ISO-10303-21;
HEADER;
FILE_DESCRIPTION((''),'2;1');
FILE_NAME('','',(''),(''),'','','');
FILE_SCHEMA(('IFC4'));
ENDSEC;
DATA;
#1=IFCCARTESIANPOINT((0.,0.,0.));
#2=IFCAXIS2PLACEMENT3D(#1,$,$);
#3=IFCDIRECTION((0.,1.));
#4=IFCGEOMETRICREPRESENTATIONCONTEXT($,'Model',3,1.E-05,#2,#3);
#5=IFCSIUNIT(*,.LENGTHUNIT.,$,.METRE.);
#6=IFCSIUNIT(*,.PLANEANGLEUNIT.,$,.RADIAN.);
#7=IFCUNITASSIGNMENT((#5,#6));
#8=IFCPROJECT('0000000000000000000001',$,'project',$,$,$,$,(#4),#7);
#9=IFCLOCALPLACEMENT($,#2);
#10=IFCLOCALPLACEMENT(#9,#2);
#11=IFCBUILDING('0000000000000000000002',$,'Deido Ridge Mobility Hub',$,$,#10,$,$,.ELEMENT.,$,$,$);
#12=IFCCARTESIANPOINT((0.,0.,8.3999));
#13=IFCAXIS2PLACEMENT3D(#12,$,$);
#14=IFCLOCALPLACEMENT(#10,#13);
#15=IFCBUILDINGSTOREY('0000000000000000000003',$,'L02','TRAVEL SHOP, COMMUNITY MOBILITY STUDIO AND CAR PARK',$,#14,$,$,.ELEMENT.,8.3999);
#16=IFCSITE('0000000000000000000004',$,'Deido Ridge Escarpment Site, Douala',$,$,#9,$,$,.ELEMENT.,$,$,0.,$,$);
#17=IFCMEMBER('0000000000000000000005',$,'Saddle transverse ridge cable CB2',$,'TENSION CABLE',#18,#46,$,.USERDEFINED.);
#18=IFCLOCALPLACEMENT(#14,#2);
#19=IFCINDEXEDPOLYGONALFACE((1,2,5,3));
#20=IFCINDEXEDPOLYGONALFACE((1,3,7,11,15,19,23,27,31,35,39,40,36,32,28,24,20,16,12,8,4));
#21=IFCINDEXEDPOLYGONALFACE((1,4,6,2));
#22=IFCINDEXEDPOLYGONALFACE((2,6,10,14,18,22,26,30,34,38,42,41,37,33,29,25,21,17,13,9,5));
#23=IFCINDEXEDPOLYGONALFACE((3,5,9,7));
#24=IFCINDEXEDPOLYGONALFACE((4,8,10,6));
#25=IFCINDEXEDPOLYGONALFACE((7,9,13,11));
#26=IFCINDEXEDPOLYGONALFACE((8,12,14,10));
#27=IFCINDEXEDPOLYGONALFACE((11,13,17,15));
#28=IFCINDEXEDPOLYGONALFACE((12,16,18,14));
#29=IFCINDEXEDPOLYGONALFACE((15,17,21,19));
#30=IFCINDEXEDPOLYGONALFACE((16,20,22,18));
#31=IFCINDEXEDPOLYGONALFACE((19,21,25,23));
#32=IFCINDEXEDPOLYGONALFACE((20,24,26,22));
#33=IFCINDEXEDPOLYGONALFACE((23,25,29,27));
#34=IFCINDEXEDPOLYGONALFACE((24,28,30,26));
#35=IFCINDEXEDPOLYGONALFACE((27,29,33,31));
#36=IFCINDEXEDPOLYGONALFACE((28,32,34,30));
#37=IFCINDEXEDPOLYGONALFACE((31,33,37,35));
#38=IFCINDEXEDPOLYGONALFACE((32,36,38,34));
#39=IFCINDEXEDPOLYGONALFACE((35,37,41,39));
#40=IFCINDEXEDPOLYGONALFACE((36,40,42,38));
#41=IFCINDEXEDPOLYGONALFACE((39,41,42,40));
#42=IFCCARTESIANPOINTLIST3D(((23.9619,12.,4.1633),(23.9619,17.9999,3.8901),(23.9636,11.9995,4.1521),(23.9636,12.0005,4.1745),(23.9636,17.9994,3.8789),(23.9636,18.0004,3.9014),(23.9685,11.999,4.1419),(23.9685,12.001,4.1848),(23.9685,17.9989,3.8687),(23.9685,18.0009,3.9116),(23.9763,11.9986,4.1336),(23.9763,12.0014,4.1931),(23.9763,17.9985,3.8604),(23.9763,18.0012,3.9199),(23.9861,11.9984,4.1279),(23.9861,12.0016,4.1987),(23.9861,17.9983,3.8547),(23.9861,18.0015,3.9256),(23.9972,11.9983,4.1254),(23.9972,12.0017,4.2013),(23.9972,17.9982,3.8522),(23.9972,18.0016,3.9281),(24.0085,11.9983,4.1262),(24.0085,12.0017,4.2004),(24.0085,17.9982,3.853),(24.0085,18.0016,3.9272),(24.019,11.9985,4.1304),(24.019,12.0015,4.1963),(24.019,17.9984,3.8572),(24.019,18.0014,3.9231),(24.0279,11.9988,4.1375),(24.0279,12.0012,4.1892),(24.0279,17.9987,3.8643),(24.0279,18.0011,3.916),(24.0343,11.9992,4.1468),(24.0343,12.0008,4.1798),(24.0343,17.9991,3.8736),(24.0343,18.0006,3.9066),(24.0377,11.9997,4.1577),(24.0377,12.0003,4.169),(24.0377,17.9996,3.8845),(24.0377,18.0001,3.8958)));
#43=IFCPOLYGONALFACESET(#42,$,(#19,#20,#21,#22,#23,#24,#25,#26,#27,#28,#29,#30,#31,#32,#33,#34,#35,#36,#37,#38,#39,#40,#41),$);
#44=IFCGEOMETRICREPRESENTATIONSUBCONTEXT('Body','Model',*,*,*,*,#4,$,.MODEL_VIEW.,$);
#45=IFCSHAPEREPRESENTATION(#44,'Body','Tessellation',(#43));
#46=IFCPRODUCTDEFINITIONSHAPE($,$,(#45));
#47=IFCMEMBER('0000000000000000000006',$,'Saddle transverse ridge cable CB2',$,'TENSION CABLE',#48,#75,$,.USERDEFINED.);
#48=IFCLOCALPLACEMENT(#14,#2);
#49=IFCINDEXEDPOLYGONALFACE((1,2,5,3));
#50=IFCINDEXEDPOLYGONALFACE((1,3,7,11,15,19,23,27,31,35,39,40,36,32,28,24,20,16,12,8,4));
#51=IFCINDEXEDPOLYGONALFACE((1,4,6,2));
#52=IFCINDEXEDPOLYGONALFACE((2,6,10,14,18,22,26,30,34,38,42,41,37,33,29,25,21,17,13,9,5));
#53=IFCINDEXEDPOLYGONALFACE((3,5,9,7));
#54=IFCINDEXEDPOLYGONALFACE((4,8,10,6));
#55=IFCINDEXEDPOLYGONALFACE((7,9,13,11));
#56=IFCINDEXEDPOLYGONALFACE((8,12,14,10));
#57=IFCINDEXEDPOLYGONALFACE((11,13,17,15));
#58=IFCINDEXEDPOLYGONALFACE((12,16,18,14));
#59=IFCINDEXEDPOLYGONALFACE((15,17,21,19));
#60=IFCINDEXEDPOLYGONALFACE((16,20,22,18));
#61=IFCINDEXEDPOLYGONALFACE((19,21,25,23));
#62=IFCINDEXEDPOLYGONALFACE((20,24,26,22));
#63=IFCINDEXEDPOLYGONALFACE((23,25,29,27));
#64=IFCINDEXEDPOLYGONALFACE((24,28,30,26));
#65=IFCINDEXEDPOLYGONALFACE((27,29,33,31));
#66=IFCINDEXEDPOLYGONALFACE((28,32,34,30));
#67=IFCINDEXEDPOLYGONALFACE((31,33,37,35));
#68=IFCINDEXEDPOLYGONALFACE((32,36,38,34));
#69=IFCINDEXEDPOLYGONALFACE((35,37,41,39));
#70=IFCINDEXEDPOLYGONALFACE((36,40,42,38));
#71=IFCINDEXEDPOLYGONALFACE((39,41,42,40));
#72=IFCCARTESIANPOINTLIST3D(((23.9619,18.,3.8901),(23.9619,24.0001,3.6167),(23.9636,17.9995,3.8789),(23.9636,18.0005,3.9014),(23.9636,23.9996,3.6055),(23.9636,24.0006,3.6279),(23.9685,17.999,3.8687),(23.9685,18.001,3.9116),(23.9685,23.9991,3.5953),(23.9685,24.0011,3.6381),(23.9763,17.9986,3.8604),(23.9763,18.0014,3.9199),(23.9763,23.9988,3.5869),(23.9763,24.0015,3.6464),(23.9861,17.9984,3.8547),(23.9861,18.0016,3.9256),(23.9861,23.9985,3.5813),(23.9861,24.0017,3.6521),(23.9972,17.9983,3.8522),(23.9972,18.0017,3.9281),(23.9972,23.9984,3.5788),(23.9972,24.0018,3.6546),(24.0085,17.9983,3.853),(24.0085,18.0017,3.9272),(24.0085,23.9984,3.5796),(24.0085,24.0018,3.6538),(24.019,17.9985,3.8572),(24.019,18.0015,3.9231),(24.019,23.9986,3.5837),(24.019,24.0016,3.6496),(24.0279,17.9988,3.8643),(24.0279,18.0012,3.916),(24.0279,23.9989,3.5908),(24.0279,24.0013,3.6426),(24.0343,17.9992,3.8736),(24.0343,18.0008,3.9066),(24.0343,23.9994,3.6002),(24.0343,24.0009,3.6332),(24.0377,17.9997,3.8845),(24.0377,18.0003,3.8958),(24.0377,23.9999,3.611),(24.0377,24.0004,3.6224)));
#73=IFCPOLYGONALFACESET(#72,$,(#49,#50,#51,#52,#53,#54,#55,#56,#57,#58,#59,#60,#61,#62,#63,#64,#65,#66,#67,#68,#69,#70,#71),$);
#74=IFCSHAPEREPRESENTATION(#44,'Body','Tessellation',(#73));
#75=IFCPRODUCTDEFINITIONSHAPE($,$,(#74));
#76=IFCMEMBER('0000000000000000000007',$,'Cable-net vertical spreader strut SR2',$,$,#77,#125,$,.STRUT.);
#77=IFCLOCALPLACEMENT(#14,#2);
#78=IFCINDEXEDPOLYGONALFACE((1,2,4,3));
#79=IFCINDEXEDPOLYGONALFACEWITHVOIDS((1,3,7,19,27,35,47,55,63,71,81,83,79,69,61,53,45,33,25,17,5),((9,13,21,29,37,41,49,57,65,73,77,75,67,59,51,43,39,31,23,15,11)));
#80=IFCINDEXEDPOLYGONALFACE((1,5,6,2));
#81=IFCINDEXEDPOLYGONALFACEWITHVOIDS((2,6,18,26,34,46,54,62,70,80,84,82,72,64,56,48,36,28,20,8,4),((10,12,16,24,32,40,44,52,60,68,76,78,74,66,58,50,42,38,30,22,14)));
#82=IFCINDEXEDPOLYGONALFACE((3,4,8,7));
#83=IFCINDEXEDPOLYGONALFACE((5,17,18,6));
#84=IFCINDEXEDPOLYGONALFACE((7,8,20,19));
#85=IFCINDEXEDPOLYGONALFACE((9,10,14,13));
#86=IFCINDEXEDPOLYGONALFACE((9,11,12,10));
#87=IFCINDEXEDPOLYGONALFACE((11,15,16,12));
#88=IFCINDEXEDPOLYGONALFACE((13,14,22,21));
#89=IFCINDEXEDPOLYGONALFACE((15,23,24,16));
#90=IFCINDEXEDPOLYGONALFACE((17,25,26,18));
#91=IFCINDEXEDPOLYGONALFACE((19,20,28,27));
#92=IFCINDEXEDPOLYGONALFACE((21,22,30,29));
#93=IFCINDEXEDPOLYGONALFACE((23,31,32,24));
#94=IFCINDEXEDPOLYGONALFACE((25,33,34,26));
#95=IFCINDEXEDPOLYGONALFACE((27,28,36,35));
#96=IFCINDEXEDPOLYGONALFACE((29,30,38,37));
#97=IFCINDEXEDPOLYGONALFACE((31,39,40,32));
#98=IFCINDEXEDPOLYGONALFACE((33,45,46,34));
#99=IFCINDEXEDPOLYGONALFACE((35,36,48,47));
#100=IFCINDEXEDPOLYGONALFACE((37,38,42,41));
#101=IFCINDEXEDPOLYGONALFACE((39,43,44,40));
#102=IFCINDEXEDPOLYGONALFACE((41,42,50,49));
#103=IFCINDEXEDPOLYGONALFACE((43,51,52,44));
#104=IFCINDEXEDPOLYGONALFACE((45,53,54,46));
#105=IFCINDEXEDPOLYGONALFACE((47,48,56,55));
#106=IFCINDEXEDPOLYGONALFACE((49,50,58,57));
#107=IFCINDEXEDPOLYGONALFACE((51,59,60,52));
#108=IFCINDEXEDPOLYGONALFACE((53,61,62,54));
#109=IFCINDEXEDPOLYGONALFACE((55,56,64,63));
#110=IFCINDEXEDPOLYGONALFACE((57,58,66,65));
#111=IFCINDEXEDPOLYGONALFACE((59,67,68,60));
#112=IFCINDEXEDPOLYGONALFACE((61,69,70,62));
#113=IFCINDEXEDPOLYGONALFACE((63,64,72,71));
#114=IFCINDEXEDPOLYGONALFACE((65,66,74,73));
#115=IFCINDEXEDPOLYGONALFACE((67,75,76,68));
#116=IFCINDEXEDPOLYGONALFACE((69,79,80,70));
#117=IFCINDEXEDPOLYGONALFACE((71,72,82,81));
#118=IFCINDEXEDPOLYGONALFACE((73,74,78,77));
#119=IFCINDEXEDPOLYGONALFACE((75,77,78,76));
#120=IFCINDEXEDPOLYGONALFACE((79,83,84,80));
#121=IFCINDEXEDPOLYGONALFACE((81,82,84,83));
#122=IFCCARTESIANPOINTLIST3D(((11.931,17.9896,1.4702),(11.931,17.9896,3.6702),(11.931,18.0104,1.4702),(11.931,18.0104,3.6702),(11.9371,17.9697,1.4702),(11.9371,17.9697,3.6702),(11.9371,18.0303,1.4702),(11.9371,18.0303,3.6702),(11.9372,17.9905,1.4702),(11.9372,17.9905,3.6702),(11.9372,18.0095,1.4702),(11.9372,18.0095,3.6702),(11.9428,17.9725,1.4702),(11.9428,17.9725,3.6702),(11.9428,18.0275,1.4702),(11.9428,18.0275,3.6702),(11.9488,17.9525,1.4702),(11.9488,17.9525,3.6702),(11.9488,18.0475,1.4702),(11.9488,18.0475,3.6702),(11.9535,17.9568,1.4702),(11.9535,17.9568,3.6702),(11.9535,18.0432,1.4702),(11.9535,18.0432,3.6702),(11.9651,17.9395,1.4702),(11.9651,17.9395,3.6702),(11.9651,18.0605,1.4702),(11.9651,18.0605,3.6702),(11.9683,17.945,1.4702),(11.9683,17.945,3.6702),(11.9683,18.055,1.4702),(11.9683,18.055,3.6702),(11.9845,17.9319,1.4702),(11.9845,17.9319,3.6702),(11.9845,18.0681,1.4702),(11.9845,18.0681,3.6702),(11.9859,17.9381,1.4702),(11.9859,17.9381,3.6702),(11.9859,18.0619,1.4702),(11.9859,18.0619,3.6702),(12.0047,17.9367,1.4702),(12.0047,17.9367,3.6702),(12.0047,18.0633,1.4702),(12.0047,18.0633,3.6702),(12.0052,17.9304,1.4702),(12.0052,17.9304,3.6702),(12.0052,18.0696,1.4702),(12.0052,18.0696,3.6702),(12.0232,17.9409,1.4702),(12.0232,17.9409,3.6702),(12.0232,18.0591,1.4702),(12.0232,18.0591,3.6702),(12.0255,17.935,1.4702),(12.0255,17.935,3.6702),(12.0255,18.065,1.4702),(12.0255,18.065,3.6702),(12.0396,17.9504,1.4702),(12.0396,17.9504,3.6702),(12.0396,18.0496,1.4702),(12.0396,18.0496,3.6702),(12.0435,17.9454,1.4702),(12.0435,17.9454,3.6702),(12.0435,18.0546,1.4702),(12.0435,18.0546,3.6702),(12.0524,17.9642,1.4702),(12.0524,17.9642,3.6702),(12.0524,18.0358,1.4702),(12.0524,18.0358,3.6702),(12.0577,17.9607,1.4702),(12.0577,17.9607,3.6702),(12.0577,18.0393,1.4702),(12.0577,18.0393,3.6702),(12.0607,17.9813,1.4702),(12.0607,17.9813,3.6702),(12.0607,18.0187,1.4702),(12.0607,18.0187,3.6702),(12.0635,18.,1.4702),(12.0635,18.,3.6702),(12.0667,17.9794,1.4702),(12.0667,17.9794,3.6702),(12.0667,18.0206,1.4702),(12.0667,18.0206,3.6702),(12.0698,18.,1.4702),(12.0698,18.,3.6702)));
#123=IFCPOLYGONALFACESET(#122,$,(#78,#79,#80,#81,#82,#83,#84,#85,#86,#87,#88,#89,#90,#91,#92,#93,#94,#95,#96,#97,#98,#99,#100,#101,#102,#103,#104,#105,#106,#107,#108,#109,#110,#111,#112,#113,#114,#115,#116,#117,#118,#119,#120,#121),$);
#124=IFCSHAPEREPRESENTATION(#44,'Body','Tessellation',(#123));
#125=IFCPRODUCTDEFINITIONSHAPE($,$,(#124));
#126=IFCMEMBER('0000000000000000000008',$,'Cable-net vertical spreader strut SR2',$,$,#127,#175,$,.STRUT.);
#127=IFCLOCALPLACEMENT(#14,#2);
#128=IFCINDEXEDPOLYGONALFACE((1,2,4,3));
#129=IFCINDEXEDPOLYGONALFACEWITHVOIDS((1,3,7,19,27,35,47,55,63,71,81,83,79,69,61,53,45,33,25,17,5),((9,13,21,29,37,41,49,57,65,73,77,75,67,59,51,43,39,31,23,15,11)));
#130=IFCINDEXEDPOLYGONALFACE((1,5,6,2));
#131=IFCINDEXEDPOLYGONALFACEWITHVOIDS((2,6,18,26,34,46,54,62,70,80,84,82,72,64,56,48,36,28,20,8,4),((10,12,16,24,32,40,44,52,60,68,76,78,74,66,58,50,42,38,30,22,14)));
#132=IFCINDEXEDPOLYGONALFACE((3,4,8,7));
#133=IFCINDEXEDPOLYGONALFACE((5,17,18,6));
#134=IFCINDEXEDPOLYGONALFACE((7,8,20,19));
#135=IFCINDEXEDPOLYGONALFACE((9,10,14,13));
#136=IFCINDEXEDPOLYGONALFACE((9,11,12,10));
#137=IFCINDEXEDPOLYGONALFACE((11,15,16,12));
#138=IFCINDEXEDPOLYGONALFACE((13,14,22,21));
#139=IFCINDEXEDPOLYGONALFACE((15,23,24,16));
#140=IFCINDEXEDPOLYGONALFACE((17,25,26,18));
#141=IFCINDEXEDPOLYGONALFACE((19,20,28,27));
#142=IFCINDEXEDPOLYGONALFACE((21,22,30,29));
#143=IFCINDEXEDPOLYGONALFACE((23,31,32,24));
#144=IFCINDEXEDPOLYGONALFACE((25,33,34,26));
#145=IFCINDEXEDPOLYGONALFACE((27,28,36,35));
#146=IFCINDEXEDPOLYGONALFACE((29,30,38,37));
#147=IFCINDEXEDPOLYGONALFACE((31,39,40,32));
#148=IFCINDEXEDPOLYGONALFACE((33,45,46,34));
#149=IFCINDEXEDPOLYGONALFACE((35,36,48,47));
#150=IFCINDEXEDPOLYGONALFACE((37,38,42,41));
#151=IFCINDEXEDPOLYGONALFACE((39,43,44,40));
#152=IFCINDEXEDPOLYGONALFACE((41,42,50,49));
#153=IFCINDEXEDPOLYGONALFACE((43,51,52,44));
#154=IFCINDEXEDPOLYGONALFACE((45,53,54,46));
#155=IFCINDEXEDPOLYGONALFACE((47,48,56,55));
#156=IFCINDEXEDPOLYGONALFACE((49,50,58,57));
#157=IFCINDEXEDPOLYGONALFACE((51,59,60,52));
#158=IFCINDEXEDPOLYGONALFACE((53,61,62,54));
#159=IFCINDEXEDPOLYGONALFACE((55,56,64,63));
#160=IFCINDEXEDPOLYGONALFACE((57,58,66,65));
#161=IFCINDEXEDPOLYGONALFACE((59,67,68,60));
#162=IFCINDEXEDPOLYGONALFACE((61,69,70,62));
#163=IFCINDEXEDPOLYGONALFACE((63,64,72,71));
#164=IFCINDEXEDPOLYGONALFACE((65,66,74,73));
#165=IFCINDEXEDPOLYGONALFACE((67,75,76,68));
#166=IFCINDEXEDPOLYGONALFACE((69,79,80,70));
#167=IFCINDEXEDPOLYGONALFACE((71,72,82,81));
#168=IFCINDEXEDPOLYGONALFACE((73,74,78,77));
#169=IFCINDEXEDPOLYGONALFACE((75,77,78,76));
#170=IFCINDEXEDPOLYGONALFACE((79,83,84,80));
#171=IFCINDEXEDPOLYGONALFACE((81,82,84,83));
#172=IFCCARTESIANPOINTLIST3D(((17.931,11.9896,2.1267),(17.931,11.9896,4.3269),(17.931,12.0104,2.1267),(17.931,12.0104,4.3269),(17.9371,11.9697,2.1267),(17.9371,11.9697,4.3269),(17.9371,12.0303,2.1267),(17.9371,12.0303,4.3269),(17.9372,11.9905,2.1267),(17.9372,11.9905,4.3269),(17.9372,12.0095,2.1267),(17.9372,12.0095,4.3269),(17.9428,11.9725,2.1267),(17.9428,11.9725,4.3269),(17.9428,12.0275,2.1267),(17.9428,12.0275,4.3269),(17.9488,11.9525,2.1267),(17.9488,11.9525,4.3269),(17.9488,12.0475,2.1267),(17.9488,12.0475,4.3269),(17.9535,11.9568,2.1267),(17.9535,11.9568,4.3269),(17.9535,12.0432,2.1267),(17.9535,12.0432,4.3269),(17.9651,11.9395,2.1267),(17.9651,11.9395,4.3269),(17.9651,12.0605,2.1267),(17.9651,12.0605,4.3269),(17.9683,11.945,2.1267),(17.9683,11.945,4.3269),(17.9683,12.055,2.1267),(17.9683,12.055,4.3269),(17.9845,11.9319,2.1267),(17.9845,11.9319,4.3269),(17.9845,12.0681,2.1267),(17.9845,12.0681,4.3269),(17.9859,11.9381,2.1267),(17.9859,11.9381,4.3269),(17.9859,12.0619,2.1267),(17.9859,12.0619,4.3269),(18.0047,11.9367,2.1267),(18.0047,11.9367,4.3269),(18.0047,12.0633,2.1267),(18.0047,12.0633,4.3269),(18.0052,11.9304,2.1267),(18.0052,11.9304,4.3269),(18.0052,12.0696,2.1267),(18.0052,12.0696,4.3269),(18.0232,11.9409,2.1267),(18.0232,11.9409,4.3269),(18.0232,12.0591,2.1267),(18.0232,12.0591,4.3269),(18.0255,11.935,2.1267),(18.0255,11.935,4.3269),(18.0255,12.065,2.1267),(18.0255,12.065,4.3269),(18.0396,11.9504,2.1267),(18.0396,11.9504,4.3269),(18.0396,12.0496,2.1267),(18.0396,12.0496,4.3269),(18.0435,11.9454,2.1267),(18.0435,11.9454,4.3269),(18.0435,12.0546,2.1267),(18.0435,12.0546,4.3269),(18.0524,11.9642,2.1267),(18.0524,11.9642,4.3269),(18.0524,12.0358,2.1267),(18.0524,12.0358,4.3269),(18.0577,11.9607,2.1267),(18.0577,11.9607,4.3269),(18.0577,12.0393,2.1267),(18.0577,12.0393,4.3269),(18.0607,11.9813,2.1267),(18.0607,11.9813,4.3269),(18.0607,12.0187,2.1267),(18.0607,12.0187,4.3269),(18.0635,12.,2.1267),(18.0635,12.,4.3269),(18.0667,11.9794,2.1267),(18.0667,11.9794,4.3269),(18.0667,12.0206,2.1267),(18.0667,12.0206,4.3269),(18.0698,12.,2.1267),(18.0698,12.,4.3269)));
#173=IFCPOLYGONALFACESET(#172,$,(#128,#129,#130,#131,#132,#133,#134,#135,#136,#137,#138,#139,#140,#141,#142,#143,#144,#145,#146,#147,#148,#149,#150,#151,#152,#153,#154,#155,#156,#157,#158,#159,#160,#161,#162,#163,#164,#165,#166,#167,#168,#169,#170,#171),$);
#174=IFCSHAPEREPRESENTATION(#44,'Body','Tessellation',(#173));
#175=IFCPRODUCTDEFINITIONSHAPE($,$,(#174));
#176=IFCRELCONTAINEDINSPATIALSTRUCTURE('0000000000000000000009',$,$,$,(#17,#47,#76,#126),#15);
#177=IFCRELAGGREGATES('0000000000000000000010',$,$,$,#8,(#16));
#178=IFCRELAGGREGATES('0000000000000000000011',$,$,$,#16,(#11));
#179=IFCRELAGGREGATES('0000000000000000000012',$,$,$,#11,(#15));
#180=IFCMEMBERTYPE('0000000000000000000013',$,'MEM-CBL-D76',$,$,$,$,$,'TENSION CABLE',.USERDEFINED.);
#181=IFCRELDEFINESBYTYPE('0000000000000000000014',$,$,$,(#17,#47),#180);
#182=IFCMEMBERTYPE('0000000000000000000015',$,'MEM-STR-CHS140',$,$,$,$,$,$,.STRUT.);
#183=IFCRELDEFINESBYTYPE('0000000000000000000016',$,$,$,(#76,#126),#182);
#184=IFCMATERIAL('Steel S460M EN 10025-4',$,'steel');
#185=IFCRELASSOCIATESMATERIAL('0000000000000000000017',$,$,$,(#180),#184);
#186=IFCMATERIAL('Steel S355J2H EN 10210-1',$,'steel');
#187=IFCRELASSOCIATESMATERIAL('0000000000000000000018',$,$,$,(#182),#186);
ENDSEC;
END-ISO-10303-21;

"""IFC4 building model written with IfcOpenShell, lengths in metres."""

from ifc_helpers import new_model, si_unit, direction, frame, origin, origin_2d, place, context, subcontext, project, spatial, circle, hollow_circle, extrude, material, material_profile, profile_set, type_object, element, save


model = new_model("IFC4")

# Units and contexts
model_context = context("Model", 3, precision=1e-05, world=origin(), true_north=direction((0.0, 1.0)))
body_context = subcontext(model_context, "Body", "Model", "MODEL_VIEW")
ifc_project = project(units=[si_unit("LENGTHUNIT", "METRE"), si_unit("PLANEANGLEUNIT", "RADIAN")], contexts=[model_context])

# Site, building, storey
site_placement = place(None, origin())
site = spatial("IfcSite", under=ifc_project, at=site_placement, Name="Deido Ridge Escarpment Site, Douala", CompositionType="ELEMENT", RefElevation=0.0)
building_placement = place(site_placement, origin())
building = spatial("IfcBuilding", under=site, at=building_placement, Name="Deido Ridge Mobility Hub", CompositionType="ELEMENT")
storey_placement = place(building_placement, frame((0.0, 0.0, 8.3999)))
storey = spatial("IfcBuildingStorey", under=building, at=storey_placement, Name="L02", Description="TRAVEL SHOP, COMMUNITY MOBILITY STUDIO AND CAR PARK", CompositionType="ELEMENT", Elevation=8.3999)

# Members
ifc_material_1 = material(Name="Steel S460M EN 10025-4", Category="steel")
ifc_material_profile_1 = material_profile(ifc_material_1, circle(Radius=0.0381, at=origin_2d()), Name="CABLE D76")
ifc_profile_set_1 = profile_set([ifc_material_profile_1], Name="Steel S460M EN 10025-4")
member_type_1 = type_object("IfcMemberType", Name="MEM-CBL-D76", ElementType="TENSION CABLE", PredefinedType="USERDEFINED", material=ifc_profile_set_1)
member_1_placement = place(storey_placement, frame((24.0, 12.0, 4.1633), z_axis=(0.0, 0.998965, -0.045485), x_axis=(-1.0, 0.0, 0.0)))
element("IfcMember", 1, at=member_1_placement, inside=storey, type_object=member_type_1, Name="Saddle transverse ridge cable CB2", ObjectType="TENSION CABLE", PredefinedType="USERDEFINED", context=body_context, shape_type="SweptSolid", body=[
    extrude(circle(Radius=0.0381, at=origin_2d()), origin(), (0.0, 0.0, 1.0), 6.0061),
])
member_2_placement = place(storey_placement, frame((24.0, 18.0, 3.8901), z_axis=(0.0, 0.998963, -0.045526), x_axis=(-1.0, 0.0, 0.0)))
element("IfcMember", 2, at=member_2_placement, inside=storey, type_object=member_type_1, Name="Saddle transverse ridge cable CB2", ObjectType="TENSION CABLE", PredefinedType="USERDEFINED", context=body_context, shape_type="SweptSolid", body=[
    extrude(circle(Radius=0.0381, at=origin_2d()), origin(), (0.0, 0.0, 1.0), 6.0063),
])
ifc_material_2 = material(Name="Steel S355J2H EN 10210-1", Category="steel")
ifc_material_profile_2 = material_profile(ifc_material_2, hollow_circle(Radius=0.0698, WallThickness=0.0063, at=origin_2d()), Name="CHS 139.7x6.3")
ifc_profile_set_2 = profile_set([ifc_material_profile_2], Name="Steel S355J2H EN 10210-1")
member_type_2 = type_object("IfcMemberType", Name="MEM-STR-CHS140", PredefinedType="STRUT", material=ifc_profile_set_2)
member_3_placement = place(storey_placement, frame((12.0, 18.0, 1.4702), z_axis=(0.0, 0.0, 1.0), x_axis=(1.0, 0.0, 0.0)))
element("IfcMember", 3, at=member_3_placement, inside=storey, type_object=member_type_2, Name="Cable-net vertical spreader strut SR2", PredefinedType="STRUT", context=body_context, shape_type="SweptSolid", body=[
    extrude(hollow_circle(Radius=0.0698, WallThickness=0.0063, at=origin_2d()), origin(), (0.0, 0.0, 1.0), 2.2),
])
member_4_placement = place(storey_placement, frame((18.0, 12.0, 2.1267), z_axis=(0.0, 0.0, 1.0), x_axis=(1.0, 0.0, 0.0)))
element("IfcMember", 4, at=member_4_placement, inside=storey, type_object=member_type_2, Name="Cable-net vertical spreader strut SR2", PredefinedType="STRUT", context=body_context, shape_type="SweptSolid", body=[
    extrude(hollow_circle(Radius=0.0698, WallThickness=0.0063, at=origin_2d()), origin(), (0.0, 0.0, 1.0), 2.2002),
])

save(model, "model.ifc")
